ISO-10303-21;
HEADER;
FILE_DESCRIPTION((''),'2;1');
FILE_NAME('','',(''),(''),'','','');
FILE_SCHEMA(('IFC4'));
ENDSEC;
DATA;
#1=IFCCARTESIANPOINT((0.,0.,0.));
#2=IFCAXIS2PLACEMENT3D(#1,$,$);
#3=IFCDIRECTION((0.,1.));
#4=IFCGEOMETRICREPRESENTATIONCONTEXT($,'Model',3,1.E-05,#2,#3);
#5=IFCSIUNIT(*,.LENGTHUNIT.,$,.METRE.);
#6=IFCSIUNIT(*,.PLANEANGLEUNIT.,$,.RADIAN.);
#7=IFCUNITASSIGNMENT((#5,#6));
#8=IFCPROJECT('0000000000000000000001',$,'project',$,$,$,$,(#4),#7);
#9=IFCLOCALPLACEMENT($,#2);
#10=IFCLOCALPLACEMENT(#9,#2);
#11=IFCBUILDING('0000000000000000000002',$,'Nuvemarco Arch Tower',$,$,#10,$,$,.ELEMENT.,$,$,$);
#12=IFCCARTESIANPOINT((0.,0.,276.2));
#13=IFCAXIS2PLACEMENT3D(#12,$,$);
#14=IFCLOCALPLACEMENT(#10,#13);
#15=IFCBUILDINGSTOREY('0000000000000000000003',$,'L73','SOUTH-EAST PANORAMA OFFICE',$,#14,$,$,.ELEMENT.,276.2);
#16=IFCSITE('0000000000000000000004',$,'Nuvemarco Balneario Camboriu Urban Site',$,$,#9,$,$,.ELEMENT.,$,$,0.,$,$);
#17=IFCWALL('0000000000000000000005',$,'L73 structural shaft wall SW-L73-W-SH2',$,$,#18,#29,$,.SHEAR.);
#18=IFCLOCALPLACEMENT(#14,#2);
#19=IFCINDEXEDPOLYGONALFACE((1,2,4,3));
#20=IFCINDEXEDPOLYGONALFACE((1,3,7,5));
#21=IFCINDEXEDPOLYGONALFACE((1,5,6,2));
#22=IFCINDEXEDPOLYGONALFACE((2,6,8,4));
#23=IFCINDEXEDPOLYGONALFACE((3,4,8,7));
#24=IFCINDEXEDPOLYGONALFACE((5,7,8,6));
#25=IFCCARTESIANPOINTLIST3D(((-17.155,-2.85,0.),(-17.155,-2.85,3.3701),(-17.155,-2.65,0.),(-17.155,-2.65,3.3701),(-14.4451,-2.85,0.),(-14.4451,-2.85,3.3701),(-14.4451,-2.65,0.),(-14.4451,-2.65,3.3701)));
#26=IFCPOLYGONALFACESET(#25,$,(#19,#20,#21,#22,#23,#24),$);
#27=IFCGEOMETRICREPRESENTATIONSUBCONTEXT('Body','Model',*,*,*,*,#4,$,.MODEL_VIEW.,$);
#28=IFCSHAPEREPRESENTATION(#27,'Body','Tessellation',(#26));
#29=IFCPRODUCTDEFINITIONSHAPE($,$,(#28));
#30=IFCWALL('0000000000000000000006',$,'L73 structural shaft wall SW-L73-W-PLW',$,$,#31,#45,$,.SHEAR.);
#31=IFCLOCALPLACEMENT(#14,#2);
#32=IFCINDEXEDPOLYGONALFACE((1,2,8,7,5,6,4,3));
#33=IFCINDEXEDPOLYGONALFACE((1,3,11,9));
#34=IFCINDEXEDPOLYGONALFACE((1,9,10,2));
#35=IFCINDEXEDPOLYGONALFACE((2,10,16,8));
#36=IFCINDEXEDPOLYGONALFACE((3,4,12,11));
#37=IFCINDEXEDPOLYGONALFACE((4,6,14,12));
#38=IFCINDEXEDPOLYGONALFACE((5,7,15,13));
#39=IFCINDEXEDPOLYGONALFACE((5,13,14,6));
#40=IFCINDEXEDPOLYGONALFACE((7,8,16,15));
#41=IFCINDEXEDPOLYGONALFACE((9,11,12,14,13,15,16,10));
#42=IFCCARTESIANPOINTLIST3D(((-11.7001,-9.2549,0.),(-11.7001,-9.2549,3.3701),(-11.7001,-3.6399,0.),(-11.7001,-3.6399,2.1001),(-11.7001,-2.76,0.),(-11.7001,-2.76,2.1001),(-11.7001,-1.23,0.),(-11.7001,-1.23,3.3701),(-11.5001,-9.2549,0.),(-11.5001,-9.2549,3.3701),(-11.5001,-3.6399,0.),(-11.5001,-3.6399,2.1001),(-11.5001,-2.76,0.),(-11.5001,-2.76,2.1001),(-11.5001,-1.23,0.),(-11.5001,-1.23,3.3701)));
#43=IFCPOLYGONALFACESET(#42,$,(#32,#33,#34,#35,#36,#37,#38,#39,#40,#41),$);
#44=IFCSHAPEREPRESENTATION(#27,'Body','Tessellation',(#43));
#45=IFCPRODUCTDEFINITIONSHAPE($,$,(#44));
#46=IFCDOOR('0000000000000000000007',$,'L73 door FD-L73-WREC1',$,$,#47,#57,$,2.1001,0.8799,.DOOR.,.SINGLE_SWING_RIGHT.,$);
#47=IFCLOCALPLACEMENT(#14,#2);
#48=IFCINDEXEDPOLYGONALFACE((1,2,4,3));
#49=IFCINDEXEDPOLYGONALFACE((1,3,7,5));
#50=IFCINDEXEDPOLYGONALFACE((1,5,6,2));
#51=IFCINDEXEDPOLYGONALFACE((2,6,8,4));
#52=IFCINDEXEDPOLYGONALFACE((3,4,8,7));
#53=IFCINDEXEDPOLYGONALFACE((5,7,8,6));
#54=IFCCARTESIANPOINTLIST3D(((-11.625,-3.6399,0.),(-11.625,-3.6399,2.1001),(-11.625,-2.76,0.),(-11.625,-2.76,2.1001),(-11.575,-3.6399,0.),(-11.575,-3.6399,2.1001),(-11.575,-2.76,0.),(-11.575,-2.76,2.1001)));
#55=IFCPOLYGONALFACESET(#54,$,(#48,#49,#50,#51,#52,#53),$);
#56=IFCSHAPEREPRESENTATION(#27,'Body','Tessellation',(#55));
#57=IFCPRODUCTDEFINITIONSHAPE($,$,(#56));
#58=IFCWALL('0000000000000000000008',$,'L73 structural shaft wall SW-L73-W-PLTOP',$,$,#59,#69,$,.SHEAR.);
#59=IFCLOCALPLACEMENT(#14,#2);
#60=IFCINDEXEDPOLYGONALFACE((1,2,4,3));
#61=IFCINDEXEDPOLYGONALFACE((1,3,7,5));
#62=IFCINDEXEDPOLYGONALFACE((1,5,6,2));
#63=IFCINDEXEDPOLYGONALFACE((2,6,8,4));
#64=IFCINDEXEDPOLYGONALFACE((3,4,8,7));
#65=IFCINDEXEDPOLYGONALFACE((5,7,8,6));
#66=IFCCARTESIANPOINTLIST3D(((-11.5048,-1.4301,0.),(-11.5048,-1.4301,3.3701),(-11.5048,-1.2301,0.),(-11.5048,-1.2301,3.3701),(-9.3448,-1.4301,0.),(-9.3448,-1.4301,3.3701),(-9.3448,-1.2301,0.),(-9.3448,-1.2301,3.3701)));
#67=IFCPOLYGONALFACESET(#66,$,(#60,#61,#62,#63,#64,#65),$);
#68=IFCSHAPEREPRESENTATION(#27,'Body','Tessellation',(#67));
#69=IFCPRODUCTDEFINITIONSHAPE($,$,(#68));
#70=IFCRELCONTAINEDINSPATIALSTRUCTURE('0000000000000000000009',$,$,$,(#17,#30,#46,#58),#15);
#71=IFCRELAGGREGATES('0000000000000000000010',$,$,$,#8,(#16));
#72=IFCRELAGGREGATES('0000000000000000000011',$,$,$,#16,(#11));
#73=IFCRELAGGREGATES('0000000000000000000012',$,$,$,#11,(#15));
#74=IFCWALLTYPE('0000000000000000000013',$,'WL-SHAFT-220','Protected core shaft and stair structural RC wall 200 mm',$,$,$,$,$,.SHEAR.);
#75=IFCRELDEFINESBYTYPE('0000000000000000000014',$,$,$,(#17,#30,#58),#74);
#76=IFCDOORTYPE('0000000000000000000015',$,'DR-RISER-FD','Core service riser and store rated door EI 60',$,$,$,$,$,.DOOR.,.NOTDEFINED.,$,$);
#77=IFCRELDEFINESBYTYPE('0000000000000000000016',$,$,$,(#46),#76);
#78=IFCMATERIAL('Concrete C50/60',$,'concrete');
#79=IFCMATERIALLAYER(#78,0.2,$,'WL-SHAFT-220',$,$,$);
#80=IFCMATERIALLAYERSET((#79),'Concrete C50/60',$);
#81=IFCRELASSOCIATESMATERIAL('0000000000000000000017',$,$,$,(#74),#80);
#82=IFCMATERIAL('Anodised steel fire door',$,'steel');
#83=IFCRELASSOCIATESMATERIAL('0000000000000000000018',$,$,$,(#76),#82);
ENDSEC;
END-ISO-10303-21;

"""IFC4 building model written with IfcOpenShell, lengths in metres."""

from ifc_helpers import new_model, si_unit, direction, frame, frame_2d, origin, place, context, subcontext, project, spatial, rectangle, extrude, source, transform, mapped, material, layer, layer_set, type_object, type_shapes, element, fill, save


model = new_model("IFC4")

# Units and contexts
model_context = context("Model", 3, precision=1e-05, world=origin(), true_north=direction((0.0, 1.0)))
body_context = subcontext(model_context, "Body", "Model", "MODEL_VIEW")
ifc_project = project(units=[si_unit("LENGTHUNIT", "METRE"), si_unit("PLANEANGLEUNIT", "RADIAN")], contexts=[model_context])

# Site, building, storey
site_placement = place(None, origin())
site = spatial("IfcSite", under=ifc_project, at=site_placement, Name="Nuvemarco Balneario Camboriu Urban Site", CompositionType="ELEMENT", RefElevation=0.0)
building_placement = place(site_placement, origin())
building = spatial("IfcBuilding", under=site, at=building_placement, Name="Nuvemarco Arch Tower", CompositionType="ELEMENT")
storey_placement = place(building_placement, frame((0.0, 0.0, 276.2)))
storey = spatial("IfcBuildingStorey", under=building, at=storey_placement, Name="L73", Description="SOUTH-EAST PANORAMA OFFICE", CompositionType="ELEMENT", Elevation=276.2)

# Shared definitions
ifc_material_1 = material(Name="Concrete C50/60", Category="concrete")

# Shared definitions
ifc_material_2 = material(Name="Anodised steel fire door", Category="steel")

# Shared definitions
ifc_layer_1 = layer(ifc_material_1, 0.2, Name="WL-SHAFT-220")
ifc_layer_set_1 = layer_set([ifc_layer_1], Name="Concrete C50/60")
wall_type_1 = type_object("IfcWallType", Name="WL-SHAFT-220", Description="Protected core shaft and stair structural RC wall 200 mm", PredefinedType="SHEAR", material=ifc_layer_set_1)

# Shared definitions
door_type_1 = type_object("IfcDoorType", Name="DR-RISER-FD", Description="Core service riser and store rated door EI 60", OperationType="NOTDEFINED", PredefinedType="DOOR", material=ifc_material_2)
shared_shape_1 = source(origin(), body_context, "Body", "SweptSolid", [
    extrude(rectangle(XDim=0.8799, YDim=2.1001, at=frame_2d((0.4399, 1.05))), frame((0.0, 0.0249, 0.0), z_axis=(0.0, -1.0, 0.0), x_axis=(1.0, 0.0, 0.0)), (0.0, 0.0, 1.0), 0.05),
])
type_shapes(door_type_1, [shared_shape_1])

# Wall
wall_1_placement = place(storey_placement, frame((-17.155, -2.75, 0.0), z_axis=(0.0, 0.0, 1.0), x_axis=(1.0, 0.0, 0.0)))
element("IfcWall", 1, at=wall_1_placement, inside=storey, type_object=wall_type_1, Name="L73 structural shaft wall SW-L73-W-SH2", PredefinedType="SHEAR", context=body_context, shape_type="SweptSolid", body=[
    extrude(rectangle(XDim=2.71, YDim=0.2, at=frame_2d((1.355, 0.0))), origin(), (0.0, 0.0, 1.0), 3.3701),
])

# Wall, opening, door
wall_2_placement = place(storey_placement, frame((-11.6001, -9.2549, 0.0), z_axis=(0.0, 0.0, 1.0), x_axis=(0.0, 1.0, 0.0)))
wall_2 = element("IfcWall", 2, at=wall_2_placement, inside=storey, type_object=wall_type_1, Name="L73 structural shaft wall SW-L73-W-PLW", PredefinedType="SHEAR", context=body_context, shape_type="SweptSolid", body=[
    extrude(rectangle(XDim=8.0249, YDim=0.2, at=frame_2d((4.0125, 0.0))), origin(), (0.0, 0.0, 1.0), 3.3701),
])
opening_1_placement = place(wall_2_placement, frame((5.615, 0.0, 0.0)))
opening_1 = element("IfcOpeningElement", 3, at=opening_1_placement, cuts=wall_2, PredefinedType="OPENING", context=body_context, shape_type="SweptSolid", body=[
    extrude(rectangle(XDim=0.8799, YDim=2.1001, at=frame_2d((0.4399, 1.05))), frame((0.0, 0.1099, 0.0), z_axis=(0.0, -1.0, 0.0), x_axis=(1.0, 0.0, 0.0)), (0.0, 0.0, 1.0), 0.22),
])
door_1_placement = place(opening_1_placement, origin())
door_1 = element("IfcDoor", 4, at=door_1_placement, inside=storey, type_object=door_type_1, Name="L73 door FD-L73-WREC1", OperationType="SINGLE_SWING_RIGHT", OverallHeight=2.1001, OverallWidth=0.8799, PredefinedType="DOOR", context=body_context, shape_type="MappedRepresentation", body=[
    mapped(shared_shape_1, transform((0.0, 0.0, 0.0), scale=1.0)),
])
fill(opening_1, door_1)

# Wall
wall_3_placement = place(storey_placement, frame((-11.5049, -1.3301, 0.0), z_axis=(0.0, 0.0, 1.0), x_axis=(1.0, 0.0, 0.0)))
element("IfcWall", 5, at=wall_3_placement, inside=storey, type_object=wall_type_1, Name="L73 structural shaft wall SW-L73-W-PLTOP", PredefinedType="SHEAR", context=body_context, shape_type="SweptSolid", body=[
    extrude(rectangle(XDim=2.1599, YDim=0.2, at=frame_2d((1.0801, 0.0))), origin(), (0.0, 0.0, 1.0), 3.3701),
])

save(model, "model.ifc")
